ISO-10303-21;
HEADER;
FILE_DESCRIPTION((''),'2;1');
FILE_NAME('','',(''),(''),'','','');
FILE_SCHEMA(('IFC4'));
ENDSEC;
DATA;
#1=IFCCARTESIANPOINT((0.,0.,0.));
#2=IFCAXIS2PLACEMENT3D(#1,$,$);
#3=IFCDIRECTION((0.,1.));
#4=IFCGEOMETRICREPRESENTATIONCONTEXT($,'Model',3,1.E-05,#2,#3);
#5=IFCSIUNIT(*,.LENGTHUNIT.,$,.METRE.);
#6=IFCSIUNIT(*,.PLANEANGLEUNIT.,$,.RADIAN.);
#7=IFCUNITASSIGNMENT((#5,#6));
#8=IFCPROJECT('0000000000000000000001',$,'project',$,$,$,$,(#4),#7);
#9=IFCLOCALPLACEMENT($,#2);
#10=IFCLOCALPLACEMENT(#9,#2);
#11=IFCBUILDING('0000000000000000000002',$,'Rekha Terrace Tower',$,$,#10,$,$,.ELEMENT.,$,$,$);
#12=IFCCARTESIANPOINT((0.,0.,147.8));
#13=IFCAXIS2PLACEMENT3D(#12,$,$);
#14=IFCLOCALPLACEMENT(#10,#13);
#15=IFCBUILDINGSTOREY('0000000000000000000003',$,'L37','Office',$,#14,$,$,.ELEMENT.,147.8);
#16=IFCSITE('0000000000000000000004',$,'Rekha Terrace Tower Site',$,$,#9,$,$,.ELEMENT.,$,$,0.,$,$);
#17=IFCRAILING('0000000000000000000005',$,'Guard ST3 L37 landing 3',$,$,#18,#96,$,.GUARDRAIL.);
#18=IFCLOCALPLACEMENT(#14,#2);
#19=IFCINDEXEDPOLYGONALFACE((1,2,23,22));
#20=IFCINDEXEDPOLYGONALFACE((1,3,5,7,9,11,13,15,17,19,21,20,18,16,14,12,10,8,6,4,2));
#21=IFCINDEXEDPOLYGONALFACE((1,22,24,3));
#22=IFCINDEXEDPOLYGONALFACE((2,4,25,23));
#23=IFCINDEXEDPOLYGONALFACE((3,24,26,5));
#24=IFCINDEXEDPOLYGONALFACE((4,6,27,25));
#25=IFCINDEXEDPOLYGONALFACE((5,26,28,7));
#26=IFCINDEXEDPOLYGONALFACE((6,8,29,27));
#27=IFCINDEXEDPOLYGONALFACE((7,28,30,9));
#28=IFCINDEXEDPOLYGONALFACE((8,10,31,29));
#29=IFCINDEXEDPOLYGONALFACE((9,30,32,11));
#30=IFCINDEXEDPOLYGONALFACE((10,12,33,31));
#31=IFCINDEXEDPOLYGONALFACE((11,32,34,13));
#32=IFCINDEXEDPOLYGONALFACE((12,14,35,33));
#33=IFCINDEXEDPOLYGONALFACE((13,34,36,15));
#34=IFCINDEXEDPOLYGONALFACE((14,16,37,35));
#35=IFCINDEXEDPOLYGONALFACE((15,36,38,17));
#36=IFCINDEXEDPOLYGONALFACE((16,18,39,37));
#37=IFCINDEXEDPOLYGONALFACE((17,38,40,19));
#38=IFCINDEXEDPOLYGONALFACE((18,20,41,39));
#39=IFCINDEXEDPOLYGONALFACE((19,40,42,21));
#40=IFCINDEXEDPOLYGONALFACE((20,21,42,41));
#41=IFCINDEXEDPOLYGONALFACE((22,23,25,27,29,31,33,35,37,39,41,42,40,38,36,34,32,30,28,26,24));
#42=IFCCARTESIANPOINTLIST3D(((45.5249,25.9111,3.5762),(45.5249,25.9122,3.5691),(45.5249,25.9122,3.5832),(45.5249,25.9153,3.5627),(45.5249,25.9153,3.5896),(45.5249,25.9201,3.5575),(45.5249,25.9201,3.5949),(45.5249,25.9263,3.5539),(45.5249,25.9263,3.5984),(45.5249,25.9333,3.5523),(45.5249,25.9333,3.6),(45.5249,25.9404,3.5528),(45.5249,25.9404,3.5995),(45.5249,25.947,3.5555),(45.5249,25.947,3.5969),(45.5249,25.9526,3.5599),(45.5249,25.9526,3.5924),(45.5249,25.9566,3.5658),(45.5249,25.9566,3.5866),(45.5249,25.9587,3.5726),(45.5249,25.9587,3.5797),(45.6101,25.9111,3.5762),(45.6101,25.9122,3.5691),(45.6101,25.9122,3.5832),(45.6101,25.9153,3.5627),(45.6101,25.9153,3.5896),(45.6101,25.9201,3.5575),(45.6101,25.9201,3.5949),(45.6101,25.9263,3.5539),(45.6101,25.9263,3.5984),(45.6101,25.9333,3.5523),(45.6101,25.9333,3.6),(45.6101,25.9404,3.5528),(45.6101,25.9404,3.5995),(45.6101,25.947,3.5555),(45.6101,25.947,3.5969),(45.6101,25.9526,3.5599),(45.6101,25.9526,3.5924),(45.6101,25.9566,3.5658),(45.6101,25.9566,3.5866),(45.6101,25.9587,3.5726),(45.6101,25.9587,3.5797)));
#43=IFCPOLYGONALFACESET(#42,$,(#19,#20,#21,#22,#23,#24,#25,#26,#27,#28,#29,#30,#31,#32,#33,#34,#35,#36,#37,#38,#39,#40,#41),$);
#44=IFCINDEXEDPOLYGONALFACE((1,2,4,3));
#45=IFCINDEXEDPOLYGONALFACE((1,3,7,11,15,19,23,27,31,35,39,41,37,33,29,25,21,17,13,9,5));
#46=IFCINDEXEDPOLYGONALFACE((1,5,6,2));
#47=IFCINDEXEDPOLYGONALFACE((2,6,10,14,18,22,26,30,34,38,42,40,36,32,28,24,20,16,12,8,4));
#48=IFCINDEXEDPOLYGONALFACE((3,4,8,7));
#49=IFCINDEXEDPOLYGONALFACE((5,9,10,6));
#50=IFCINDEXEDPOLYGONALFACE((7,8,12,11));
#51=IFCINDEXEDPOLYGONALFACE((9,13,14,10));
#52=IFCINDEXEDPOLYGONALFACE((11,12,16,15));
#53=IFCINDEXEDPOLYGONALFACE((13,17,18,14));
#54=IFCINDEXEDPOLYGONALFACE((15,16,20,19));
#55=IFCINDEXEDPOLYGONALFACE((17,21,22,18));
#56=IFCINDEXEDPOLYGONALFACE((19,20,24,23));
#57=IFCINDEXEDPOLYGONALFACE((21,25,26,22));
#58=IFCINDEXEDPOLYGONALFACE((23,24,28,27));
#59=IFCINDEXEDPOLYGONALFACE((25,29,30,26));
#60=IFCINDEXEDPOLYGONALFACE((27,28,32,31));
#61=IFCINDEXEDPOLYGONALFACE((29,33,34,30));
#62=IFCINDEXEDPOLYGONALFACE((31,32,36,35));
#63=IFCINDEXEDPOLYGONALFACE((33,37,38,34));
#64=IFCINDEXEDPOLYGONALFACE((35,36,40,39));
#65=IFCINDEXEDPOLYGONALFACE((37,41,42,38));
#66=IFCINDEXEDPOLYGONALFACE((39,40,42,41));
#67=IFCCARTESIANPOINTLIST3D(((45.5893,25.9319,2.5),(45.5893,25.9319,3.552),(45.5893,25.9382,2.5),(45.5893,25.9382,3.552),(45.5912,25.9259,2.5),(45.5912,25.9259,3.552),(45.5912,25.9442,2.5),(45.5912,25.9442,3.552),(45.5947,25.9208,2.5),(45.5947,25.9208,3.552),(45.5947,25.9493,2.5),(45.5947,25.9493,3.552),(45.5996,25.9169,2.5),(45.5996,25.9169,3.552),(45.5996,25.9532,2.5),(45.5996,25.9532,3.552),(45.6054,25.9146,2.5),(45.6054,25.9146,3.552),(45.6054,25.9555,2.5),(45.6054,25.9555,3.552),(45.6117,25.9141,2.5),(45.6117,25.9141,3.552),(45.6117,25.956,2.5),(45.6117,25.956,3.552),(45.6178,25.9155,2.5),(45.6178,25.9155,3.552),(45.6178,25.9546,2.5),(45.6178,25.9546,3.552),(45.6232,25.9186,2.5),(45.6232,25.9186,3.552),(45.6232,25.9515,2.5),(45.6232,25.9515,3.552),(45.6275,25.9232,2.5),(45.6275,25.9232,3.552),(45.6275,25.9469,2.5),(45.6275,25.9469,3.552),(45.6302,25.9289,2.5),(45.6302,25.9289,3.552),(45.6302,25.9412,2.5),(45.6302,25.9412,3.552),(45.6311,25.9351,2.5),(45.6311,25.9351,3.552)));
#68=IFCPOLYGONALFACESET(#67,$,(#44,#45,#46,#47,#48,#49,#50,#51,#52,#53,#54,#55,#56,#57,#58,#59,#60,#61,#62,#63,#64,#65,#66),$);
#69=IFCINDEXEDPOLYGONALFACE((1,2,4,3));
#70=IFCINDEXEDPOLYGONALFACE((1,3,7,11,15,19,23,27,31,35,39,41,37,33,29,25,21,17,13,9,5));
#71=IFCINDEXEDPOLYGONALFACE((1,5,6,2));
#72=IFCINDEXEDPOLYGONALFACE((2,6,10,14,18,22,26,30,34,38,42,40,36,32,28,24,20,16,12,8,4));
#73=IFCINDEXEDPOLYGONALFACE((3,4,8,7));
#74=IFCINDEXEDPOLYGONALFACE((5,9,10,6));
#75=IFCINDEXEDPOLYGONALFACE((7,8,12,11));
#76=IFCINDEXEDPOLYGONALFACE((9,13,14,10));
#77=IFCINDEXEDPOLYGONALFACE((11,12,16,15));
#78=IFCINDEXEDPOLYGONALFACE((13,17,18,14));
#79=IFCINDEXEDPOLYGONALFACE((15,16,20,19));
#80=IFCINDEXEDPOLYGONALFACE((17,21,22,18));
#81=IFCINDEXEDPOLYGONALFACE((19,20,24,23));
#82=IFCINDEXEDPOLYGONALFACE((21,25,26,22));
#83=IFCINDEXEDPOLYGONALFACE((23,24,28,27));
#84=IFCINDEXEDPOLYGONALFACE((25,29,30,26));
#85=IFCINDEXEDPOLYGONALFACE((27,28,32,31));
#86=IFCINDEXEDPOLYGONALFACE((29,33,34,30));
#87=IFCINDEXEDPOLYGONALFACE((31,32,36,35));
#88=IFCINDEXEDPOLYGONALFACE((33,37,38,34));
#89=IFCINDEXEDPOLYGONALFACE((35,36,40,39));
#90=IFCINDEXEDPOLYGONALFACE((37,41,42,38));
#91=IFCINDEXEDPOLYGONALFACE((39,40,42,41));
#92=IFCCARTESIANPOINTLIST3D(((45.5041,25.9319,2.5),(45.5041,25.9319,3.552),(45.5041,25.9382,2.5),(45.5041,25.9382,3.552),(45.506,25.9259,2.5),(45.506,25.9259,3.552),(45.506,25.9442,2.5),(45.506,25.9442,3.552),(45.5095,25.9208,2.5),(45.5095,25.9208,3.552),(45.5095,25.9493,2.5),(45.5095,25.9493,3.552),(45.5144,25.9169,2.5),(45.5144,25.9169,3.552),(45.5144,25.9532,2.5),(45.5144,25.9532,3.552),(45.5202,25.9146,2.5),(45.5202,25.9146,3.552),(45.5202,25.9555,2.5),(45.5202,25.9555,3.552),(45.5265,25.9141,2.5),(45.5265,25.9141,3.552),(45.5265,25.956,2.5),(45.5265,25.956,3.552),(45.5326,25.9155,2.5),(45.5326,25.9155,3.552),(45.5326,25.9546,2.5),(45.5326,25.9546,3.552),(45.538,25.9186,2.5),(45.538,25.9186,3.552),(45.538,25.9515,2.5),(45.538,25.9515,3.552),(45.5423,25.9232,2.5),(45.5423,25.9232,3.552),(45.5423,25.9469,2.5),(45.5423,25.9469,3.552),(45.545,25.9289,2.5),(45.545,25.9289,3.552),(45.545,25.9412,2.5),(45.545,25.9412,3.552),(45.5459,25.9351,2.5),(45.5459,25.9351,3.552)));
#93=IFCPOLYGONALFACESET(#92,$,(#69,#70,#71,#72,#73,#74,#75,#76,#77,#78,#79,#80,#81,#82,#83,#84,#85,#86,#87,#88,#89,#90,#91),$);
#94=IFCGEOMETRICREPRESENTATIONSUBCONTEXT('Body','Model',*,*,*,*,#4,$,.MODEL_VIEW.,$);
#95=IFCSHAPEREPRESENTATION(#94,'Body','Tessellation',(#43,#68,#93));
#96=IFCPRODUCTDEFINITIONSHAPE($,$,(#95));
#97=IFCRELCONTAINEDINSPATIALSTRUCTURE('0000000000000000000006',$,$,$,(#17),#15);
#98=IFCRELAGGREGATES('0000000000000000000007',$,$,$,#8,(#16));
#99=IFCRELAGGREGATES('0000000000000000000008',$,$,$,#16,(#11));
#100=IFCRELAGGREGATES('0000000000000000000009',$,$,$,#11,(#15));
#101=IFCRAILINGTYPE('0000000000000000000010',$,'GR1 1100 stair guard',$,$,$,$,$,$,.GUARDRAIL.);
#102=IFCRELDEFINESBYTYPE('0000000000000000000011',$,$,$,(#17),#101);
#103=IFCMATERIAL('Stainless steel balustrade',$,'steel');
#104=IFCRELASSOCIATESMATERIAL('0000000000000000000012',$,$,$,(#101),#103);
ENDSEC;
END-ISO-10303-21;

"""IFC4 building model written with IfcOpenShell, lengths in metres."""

from ifc_helpers import new_model, si_unit, direction, frame, origin, origin_2d, place, context, subcontext, project, spatial, circle, extrude, material, type_object, element, save


model = new_model("IFC4")

# Units and contexts
model_context = context("Model", 3, precision=1e-05, world=origin(), true_north=direction((0.0, 1.0)))
body_context = subcontext(model_context, "Body", "Model", "MODEL_VIEW")
ifc_project = project(units=[si_unit("LENGTHUNIT", "METRE"), si_unit("PLANEANGLEUNIT", "RADIAN")], contexts=[model_context])

# Site, building, storey
site_placement = place(None, origin())
site = spatial("IfcSite", under=ifc_project, at=site_placement, Name="Rekha Terrace Tower Site", CompositionType="ELEMENT", RefElevation=0.0)
building_placement = place(site_placement, origin())
building = spatial("IfcBuilding", under=site, at=building_placement, Name="Rekha Terrace Tower", CompositionType="ELEMENT")
storey_placement = place(building_placement, frame((0.0, 0.0, 147.8)))
storey = spatial("IfcBuildingStorey", under=building, at=storey_placement, Name="L37", Description="Office", CompositionType="ELEMENT", Elevation=147.8)

# Railing
ifc_material_1 = material(Name="Stainless steel balustrade", Category="steel")
railing_type_1 = type_object("IfcRailingType", Name="GR1 1100 stair guard", PredefinedType="GUARDRAIL", material=ifc_material_1)
railing_1_placement = place(storey_placement, frame((45.6101, 25.9351, 2.5)))
element("IfcRailing", 1, at=railing_1_placement, inside=storey, type_object=railing_type_1, Name="Guard ST3 L37 landing 3", PredefinedType="GUARDRAIL", context=body_context, shape_type="SweptSolid", body=[
    extrude(circle(Radius=0.0239, at=origin_2d()), frame((0.0, 0.0, 1.0762), z_axis=(-1.0, 0.0, 0.0), x_axis=(0.0, -1.0, 0.0)), (0.0, 0.0, 1.0), 0.0852),
    extrude(circle(Radius=0.021, at=origin_2d()), origin(), (0.0, 0.0, 1.0), 1.052),
    extrude(circle(Radius=0.021, at=origin_2d()), frame((-0.0852, 0.0, 0.0)), (0.0, 0.0, 1.0), 1.052),
])

save(model, "model.ifc")
